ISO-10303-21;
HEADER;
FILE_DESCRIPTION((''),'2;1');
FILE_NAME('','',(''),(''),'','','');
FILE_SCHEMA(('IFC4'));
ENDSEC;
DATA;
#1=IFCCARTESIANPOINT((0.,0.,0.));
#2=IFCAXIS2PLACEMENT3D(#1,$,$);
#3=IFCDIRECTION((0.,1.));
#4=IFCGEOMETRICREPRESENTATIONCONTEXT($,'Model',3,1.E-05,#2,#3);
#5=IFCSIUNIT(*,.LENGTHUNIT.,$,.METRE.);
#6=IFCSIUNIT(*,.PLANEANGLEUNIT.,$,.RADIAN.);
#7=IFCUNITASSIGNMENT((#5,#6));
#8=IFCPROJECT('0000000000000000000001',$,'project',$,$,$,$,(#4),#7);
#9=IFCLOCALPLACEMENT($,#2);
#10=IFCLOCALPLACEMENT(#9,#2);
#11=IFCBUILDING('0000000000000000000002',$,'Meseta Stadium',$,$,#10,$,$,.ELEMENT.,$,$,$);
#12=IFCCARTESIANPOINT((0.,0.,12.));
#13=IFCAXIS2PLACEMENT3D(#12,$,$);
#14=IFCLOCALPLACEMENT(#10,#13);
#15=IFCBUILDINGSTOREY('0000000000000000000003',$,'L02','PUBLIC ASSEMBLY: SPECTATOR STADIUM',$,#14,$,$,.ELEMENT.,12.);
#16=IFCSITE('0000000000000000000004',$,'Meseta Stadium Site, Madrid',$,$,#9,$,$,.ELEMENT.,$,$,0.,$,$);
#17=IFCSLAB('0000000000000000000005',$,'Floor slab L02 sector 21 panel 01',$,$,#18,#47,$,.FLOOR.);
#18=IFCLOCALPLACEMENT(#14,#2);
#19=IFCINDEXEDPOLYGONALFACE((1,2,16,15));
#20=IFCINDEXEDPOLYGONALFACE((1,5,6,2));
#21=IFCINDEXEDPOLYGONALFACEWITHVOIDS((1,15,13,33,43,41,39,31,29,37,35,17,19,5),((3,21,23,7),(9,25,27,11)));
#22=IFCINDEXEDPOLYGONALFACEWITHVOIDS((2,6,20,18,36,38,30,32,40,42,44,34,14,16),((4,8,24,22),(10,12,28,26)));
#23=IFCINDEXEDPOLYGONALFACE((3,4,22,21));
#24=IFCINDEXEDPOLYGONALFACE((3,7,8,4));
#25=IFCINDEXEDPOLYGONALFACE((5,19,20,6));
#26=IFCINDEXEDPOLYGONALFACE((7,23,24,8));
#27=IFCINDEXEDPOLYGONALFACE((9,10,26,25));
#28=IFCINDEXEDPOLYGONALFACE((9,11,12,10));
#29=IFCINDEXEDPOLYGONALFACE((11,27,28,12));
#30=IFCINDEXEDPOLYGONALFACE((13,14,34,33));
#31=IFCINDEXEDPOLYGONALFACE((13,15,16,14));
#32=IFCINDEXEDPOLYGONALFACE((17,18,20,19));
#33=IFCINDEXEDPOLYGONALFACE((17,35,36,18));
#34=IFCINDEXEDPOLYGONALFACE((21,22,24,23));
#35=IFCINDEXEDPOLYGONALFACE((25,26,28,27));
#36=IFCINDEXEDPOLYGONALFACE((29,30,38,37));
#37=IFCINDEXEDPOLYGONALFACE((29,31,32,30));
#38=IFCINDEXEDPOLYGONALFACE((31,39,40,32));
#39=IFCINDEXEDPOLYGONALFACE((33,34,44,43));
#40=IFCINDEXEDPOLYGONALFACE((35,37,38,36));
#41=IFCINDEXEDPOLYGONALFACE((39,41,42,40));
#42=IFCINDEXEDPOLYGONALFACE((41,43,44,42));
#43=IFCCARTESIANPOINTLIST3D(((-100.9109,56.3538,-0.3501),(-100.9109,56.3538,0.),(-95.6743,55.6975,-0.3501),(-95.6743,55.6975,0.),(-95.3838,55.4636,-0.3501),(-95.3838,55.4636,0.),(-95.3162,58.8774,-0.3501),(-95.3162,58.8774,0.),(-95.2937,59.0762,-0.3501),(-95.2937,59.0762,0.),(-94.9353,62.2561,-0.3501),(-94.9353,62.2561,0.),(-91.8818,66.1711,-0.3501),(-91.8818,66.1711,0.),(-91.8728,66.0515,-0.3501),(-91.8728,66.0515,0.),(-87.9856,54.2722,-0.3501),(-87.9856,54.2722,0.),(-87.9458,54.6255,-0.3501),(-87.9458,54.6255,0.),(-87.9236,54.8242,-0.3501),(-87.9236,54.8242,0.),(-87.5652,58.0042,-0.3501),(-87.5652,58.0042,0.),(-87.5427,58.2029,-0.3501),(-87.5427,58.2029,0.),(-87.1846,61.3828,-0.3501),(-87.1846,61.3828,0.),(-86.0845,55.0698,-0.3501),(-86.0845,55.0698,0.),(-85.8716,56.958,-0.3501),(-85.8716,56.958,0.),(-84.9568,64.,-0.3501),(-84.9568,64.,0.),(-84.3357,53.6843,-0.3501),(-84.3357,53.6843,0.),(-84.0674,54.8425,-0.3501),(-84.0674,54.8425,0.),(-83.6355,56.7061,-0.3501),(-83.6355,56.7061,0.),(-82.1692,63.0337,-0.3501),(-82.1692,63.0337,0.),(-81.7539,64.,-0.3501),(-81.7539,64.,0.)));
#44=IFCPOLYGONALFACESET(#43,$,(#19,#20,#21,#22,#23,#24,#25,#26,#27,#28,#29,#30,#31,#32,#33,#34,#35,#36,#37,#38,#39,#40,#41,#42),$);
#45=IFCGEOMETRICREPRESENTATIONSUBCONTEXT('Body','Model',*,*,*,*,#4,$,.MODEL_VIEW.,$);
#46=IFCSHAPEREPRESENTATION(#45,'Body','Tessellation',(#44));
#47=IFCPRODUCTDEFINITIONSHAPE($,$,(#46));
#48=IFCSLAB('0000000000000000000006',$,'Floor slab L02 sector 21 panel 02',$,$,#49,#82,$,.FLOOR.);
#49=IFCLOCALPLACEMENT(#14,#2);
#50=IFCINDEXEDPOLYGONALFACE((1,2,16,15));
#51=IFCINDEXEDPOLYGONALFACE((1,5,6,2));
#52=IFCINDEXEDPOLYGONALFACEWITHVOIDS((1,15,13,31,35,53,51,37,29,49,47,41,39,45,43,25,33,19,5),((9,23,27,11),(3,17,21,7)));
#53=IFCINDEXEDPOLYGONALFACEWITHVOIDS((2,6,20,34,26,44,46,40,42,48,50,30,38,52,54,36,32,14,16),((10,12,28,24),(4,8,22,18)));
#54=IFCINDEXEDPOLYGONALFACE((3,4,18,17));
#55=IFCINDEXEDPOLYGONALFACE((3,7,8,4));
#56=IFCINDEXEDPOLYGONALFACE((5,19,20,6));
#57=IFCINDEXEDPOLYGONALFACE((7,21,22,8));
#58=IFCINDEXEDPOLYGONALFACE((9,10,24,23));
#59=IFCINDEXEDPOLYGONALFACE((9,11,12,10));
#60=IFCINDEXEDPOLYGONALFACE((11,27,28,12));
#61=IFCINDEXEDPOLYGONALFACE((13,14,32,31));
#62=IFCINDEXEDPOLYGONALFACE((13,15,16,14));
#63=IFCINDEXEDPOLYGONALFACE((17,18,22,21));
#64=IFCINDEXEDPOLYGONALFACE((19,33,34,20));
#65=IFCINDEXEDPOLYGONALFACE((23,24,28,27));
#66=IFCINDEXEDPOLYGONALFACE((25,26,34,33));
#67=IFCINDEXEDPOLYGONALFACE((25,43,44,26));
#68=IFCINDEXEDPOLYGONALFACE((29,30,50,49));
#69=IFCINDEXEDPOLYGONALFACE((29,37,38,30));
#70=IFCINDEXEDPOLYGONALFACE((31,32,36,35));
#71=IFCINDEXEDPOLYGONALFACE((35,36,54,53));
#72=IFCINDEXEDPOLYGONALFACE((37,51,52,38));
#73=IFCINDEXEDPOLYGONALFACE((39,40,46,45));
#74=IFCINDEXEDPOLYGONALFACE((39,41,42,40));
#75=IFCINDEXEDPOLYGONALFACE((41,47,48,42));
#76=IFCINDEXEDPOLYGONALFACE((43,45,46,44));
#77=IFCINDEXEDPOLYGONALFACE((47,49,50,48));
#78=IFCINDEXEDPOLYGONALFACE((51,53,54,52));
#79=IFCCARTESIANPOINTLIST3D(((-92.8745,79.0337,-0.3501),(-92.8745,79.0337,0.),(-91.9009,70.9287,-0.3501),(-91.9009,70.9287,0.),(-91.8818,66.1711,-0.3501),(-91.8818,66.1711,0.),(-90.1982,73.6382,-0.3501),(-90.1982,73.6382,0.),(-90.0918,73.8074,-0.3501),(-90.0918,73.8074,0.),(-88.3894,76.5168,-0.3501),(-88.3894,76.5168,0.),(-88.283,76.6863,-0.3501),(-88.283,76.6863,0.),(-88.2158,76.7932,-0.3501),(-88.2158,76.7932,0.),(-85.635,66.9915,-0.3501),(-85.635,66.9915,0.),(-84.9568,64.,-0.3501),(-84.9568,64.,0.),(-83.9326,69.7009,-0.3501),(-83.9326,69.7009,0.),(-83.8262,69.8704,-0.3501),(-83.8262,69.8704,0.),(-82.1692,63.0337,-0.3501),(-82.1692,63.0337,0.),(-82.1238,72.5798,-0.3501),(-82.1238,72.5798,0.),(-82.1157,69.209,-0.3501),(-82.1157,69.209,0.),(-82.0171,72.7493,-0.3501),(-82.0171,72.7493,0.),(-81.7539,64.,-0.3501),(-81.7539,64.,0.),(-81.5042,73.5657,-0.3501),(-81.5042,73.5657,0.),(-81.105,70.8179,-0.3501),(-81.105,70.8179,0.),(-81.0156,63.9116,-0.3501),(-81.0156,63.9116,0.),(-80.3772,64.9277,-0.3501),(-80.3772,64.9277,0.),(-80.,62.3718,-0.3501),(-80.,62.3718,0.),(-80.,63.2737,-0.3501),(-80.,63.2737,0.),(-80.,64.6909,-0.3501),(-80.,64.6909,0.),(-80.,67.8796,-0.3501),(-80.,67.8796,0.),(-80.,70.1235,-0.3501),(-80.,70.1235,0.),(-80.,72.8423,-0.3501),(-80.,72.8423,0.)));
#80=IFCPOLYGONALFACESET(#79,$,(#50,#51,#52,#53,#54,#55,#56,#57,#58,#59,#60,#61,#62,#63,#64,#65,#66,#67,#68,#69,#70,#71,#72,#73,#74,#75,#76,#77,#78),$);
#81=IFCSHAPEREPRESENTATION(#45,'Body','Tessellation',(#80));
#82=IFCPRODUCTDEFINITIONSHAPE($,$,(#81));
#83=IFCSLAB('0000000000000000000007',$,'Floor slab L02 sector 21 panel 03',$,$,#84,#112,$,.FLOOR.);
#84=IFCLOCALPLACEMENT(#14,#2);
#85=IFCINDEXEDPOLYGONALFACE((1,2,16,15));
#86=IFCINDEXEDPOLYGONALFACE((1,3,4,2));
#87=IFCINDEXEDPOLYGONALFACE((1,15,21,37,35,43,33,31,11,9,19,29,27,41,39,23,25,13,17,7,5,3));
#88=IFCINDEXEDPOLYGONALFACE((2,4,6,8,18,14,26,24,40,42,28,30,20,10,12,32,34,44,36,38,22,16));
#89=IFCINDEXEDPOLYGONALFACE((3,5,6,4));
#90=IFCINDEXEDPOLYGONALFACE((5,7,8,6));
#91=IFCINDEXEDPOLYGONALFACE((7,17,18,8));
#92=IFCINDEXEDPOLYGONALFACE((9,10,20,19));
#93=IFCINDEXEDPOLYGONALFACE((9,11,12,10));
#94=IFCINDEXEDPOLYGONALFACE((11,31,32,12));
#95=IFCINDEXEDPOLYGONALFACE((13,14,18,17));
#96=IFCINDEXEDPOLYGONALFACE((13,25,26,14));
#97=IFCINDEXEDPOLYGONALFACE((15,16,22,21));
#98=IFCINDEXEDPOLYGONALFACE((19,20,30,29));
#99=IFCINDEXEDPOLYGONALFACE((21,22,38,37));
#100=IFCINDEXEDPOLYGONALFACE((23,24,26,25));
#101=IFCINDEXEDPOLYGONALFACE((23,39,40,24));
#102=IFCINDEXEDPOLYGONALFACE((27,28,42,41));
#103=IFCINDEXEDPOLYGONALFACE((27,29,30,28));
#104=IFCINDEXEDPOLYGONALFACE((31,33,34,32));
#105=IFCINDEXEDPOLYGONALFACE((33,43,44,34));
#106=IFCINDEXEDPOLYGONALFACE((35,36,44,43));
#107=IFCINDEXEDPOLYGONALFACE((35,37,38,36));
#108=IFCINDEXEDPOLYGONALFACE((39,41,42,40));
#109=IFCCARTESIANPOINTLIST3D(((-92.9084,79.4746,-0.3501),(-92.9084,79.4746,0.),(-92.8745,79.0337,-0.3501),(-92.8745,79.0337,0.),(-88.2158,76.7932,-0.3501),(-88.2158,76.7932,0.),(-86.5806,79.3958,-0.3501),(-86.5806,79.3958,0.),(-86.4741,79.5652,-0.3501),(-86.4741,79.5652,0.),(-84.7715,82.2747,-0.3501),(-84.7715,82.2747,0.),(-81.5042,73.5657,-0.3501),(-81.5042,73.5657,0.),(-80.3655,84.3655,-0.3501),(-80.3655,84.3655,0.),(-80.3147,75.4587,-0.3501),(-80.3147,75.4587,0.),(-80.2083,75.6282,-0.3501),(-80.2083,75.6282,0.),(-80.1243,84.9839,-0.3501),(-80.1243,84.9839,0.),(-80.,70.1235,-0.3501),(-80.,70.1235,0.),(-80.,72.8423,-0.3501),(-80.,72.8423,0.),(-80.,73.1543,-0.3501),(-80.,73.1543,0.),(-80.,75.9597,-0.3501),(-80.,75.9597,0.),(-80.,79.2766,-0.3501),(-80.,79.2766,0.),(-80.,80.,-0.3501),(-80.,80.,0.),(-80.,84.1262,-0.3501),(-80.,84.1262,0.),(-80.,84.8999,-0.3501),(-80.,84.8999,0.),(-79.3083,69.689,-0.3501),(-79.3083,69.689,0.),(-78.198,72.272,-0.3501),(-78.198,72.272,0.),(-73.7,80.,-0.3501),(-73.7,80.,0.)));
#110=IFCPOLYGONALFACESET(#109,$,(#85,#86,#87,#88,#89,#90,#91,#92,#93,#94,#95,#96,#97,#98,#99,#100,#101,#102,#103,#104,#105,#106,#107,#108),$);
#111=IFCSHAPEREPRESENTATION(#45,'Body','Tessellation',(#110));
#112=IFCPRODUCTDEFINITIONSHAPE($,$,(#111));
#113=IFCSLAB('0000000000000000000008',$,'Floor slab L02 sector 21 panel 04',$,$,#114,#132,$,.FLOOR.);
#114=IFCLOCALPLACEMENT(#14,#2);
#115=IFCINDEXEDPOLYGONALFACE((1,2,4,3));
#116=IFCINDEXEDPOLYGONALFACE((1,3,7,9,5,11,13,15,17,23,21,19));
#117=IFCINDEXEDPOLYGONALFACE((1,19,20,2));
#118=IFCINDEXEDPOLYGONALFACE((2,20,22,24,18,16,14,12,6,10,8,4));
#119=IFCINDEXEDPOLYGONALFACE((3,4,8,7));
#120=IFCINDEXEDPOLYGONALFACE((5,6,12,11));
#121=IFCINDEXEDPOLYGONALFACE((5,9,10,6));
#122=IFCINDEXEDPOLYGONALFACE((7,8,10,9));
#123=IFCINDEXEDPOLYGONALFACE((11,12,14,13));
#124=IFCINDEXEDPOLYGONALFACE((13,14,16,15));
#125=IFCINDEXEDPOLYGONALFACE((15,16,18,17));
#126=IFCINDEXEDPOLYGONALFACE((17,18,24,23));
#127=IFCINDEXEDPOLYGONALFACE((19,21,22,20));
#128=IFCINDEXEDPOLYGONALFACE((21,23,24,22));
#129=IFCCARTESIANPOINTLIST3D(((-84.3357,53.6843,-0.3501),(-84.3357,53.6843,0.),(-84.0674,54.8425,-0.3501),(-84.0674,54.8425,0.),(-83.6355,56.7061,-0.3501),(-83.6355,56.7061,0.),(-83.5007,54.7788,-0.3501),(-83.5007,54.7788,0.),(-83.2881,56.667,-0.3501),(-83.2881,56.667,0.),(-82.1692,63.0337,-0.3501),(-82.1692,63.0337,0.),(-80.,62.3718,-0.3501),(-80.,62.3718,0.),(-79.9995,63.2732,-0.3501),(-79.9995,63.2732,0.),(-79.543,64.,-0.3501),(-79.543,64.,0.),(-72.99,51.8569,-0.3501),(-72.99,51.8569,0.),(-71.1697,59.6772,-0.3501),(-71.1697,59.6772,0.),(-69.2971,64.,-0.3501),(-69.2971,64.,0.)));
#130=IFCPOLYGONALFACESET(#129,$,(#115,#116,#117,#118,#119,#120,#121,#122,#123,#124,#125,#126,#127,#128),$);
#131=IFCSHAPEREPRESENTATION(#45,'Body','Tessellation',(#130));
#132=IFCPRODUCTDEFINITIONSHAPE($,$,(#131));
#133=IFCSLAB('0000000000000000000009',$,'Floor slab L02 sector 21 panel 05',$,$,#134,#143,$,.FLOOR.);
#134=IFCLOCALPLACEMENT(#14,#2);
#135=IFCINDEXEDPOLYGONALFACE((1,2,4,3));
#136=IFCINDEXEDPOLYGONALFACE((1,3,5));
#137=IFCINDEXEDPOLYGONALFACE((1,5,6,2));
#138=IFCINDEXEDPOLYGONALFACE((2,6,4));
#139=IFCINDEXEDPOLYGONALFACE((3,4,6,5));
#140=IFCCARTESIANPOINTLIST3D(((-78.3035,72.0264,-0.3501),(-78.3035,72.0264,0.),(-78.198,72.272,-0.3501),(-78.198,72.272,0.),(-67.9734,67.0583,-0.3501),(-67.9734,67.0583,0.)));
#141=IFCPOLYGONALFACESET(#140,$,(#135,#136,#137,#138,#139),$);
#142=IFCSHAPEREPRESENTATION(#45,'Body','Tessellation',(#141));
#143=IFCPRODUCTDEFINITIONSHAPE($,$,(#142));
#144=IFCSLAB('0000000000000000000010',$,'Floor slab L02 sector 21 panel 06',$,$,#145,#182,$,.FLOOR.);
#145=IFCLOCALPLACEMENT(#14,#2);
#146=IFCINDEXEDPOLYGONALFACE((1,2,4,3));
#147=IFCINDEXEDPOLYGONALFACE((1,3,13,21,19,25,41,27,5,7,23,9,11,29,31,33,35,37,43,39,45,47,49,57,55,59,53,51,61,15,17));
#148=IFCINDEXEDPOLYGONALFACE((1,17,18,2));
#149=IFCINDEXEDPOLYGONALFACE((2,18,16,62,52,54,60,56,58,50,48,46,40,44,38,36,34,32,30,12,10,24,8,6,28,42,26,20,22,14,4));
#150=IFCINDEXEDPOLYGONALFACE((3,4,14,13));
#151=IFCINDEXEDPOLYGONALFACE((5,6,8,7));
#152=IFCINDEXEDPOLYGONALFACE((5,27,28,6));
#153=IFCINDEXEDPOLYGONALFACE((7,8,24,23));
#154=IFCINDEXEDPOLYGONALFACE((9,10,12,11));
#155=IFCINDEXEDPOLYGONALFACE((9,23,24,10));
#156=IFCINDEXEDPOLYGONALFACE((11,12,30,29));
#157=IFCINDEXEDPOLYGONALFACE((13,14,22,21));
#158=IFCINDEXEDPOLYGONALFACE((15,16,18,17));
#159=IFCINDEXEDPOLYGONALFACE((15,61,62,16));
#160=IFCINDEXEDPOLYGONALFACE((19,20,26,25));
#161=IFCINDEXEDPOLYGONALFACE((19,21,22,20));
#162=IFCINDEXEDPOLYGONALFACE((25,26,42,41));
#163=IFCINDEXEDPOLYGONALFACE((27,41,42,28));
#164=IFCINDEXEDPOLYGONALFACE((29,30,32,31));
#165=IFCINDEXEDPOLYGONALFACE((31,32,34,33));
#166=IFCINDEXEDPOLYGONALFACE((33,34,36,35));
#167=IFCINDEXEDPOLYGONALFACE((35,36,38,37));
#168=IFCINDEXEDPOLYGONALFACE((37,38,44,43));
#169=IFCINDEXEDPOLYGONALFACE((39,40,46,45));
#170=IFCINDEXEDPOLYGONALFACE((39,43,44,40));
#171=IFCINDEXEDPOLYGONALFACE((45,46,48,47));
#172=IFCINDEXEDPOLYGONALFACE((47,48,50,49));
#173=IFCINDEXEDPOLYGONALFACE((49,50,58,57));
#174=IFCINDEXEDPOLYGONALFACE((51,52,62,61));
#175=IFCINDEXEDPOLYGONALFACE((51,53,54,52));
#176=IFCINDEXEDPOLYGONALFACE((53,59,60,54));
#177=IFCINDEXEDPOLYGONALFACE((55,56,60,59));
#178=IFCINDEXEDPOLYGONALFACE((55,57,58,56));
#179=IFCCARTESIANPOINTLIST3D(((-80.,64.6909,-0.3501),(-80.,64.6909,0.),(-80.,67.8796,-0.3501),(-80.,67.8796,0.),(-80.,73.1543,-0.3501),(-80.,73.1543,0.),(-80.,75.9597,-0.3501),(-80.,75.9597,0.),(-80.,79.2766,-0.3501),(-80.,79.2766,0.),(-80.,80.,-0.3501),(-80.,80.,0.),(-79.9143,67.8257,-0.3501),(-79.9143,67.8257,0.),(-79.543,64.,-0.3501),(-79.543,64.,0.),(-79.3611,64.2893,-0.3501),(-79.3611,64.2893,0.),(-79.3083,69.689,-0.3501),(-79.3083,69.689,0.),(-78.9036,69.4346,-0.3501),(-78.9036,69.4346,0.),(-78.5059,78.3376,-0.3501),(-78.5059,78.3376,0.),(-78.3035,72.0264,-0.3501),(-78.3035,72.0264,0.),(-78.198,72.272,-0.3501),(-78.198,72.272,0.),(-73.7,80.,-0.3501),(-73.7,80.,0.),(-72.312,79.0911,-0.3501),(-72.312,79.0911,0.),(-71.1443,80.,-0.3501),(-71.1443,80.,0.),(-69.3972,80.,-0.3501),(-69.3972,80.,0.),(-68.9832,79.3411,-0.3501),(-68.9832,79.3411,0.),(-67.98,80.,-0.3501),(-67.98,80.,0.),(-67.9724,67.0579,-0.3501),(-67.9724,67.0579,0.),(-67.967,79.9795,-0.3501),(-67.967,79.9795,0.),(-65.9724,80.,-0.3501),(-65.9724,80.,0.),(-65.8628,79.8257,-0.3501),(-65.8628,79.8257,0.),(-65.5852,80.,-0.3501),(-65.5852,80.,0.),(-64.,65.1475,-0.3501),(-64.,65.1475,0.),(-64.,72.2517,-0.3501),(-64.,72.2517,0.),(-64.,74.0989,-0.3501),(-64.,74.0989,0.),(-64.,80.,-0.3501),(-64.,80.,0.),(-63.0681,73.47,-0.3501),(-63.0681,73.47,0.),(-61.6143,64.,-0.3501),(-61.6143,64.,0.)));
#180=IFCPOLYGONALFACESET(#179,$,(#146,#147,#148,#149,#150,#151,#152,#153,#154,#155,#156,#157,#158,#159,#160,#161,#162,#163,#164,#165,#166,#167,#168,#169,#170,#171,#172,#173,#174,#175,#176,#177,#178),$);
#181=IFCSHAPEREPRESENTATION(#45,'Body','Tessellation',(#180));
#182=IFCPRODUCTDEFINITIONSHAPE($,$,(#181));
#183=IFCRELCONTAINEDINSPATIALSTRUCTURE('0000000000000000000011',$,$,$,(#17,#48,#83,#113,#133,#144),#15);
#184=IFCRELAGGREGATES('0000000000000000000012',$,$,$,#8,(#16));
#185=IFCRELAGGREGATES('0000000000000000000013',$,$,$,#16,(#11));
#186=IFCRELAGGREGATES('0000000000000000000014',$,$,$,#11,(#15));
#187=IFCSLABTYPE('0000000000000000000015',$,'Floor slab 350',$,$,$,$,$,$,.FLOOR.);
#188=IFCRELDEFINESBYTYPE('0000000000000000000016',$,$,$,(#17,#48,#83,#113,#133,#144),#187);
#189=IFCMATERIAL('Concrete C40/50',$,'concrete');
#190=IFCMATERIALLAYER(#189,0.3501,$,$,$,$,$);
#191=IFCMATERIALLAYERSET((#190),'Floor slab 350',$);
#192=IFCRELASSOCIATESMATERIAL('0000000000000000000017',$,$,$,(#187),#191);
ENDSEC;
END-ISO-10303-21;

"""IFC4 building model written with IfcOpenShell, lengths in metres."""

from ifc_helpers import new_model, si_unit, direction, frame, origin, place, context, subcontext, project, spatial, polyline, outline, extrude, material, layer, layer_set, type_object, element, save


model = new_model("IFC4")

# Units and contexts
model_context = context("Model", 3, precision=1e-05, world=origin(), true_north=direction((0.0, 1.0)))
body_context = subcontext(model_context, "Body", "Model", "MODEL_VIEW")
ifc_project = project(units=[si_unit("LENGTHUNIT", "METRE"), si_unit("PLANEANGLEUNIT", "RADIAN")], contexts=[model_context])

# Site, building, storey
site_placement = place(None, origin())
site = spatial("IfcSite", under=ifc_project, at=site_placement, Name="Meseta Stadium Site, Madrid", CompositionType="ELEMENT", RefElevation=0.0)
building_placement = place(site_placement, origin())
building = spatial("IfcBuilding", under=site, at=building_placement, Name="Meseta Stadium", CompositionType="ELEMENT")
storey_placement = place(building_placement, frame((0.0, 0.0, 12.0)))
storey = spatial("IfcBuildingStorey", under=building, at=storey_placement, Name="L02", Description="PUBLIC ASSEMBLY: SPECTATOR STADIUM", CompositionType="ELEMENT", Elevation=12.0)

# Slabs
ifc_material = material(Name="Concrete C40/50", Category="concrete")
ifc_layer = layer(ifc_material, 0.3501)
ifc_layer_set = layer_set([ifc_layer], Name="Floor slab 350")
slab_type = type_object("IfcSlabType", Name="Floor slab 350", PredefinedType="FLOOR", material=ifc_layer_set)
slab_1_placement = place(storey_placement, frame((0.0, 0.0, -0.3501)))
element("IfcSlab", 1, at=slab_1_placement, inside=storey, type_object=slab_type, Name="Floor slab L02 sector 21 panel 01", PredefinedType="FLOOR", context=body_context, shape_type="SweptSolid", body=[
    extrude(outline(polyline([(-87.9458, 54.6255), (-87.9856, 54.2722), (-84.3357, 53.6843), (-84.0674, 54.8425), (-86.0845, 55.0698), (-85.8716, 56.958), (-83.6355, 56.7061), (-82.1692, 63.0337), (-81.7539, 64.0), (-84.9568, 64.0), (-91.8818, 66.1711), (-91.8728, 66.0515), (-100.9109, 56.3538), (-95.3838, 55.4636), (-87.9458, 54.6255)]), holes=[polyline([(-95.6743, 55.6975), (-95.3162, 58.8774), (-87.5652, 58.0042), (-87.9236, 54.8242), (-95.6743, 55.6975)]), polyline([(-95.2937, 59.0762), (-94.9353, 62.2561), (-87.1846, 61.3828), (-87.5427, 58.2029), (-95.2937, 59.0762)])]), origin(), (0.0, 0.0, 1.0), 0.3501),
])
slab_2_placement = place(storey_placement, frame((0.0, 0.0, -0.3501)))
element("IfcSlab", 2, at=slab_2_placement, inside=storey, type_object=slab_type, Name="Floor slab L02 sector 21 panel 02", PredefinedType="FLOOR", context=body_context, shape_type="SweptSolid", body=[
    extrude(outline(polyline([(-80.0, 70.1235), (-80.0, 72.8423), (-81.5042, 73.5657), (-82.0171, 72.7493), (-88.283, 76.6863), (-88.2158, 76.7932), (-92.8745, 79.0337), (-91.8818, 66.1711), (-84.9568, 64.0), (-81.7539, 64.0), (-82.1692, 63.0337), (-80.0, 62.3718), (-80.0, 63.2737), (-81.0156, 63.9116), (-80.3772, 64.9277), (-80.0, 64.6909), (-80.0, 67.8796), (-82.1157, 69.209), (-81.105, 70.8179), (-80.0, 70.1235)]), holes=[polyline([(-91.9009, 70.9287), (-90.1982, 73.6382), (-83.9326, 69.7009), (-85.635, 66.9915), (-91.9009, 70.9287)]), polyline([(-90.0918, 73.8074), (-88.3894, 76.5168), (-82.1238, 72.5798), (-83.8262, 69.8704), (-90.0918, 73.8074)])]), origin(), (0.0, 0.0, 1.0), 0.3501),
])
slab_3_placement = place(storey_placement, frame((0.0, 0.0, -0.3501)))
element("IfcSlab", 3, at=slab_3_placement, inside=storey, type_object=slab_type, Name="Floor slab L02 sector 21 panel 03", PredefinedType="FLOOR", context=body_context, shape_type="SweptSolid", body=[
    extrude(outline(polyline([(-80.1243, 84.9839), (-80.3655, 84.3655), (-92.9084, 79.4746), (-92.8745, 79.0337), (-88.2158, 76.7932), (-86.5806, 79.3958), (-80.3147, 75.4587), (-81.5042, 73.5657), (-80.0, 72.8423), (-80.0, 70.1235), (-79.3083, 69.689), (-78.198, 72.272), (-80.0, 73.1543), (-80.0, 75.9597), (-80.2083, 75.6282), (-86.4741, 79.5652), (-84.7715, 82.2747), (-80.0, 79.2766), (-80.0, 80.0), (-73.7, 80.0), (-80.0, 84.1262), (-80.0, 84.8999), (-80.1243, 84.9839)])), origin(), (0.0, 0.0, 1.0), 0.3501),
])
slab_4_placement = place(storey_placement, frame((0.0, 0.0, -0.3501)))
element("IfcSlab", 4, at=slab_4_placement, inside=storey, type_object=slab_type, Name="Floor slab L02 sector 21 panel 04", PredefinedType="FLOOR", context=body_context, shape_type="SweptSolid", body=[
    extrude(outline(polyline([(-79.9995, 63.2732), (-80.0, 62.3718), (-82.1692, 63.0337), (-83.6355, 56.7061), (-83.2881, 56.667), (-83.5007, 54.7788), (-84.0674, 54.8425), (-84.3357, 53.6843), (-72.99, 51.8569), (-71.1697, 59.6772), (-69.2971, 64.0), (-79.543, 64.0), (-79.9995, 63.2732)])), origin(), (0.0, 0.0, 1.0), 0.3501),
])
slab_5_placement = place(storey_placement, frame((0.0, 0.0, -0.3501)))
element("IfcSlab", 5, at=slab_5_placement, inside=storey, type_object=slab_type, Name="Floor slab L02 sector 21 panel 05", PredefinedType="FLOOR", context=body_context, shape_type="SweptSolid", body=[
    extrude(outline(polyline([(-67.9734, 67.0583), (-78.198, 72.272), (-78.3035, 72.0264), (-67.9734, 67.0583)])), origin(), (0.0, 0.0, 1.0), 0.3501),
])
slab_6_placement = place(storey_placement, frame((0.0, 0.0, -0.3501)))
element("IfcSlab", 6, at=slab_6_placement, inside=storey, type_object=slab_type, Name="Floor slab L02 sector 21 panel 06", PredefinedType="FLOOR", context=body_context, shape_type="SweptSolid", body=[
    extrude(outline(polyline([(-67.967, 79.9795), (-68.9832, 79.3411), (-69.3972, 80.0), (-71.1443, 80.0), (-72.312, 79.0911), (-73.7, 80.0), (-80.0, 80.0), (-80.0, 79.2766), (-78.5059, 78.3376), (-80.0, 75.9597), (-80.0, 73.1543), (-78.198, 72.272), (-67.9724, 67.0579), (-78.3035, 72.0264), (-79.3083, 69.689), (-78.9036, 69.4346), (-79.9143, 67.8257), (-80.0, 67.8796), (-80.0, 64.6909), (-79.3611, 64.2893), (-79.543, 64.0), (-61.6143, 64.0), (-64.0, 65.1475), (-64.0, 72.2517), (-63.0681, 73.47), (-64.0, 74.0989), (-64.0, 80.0), (-65.5852, 80.0), (-65.8628, 79.8257), (-65.9724, 80.0), (-67.98, 80.0), (-67.967, 79.9795)])), origin(), (0.0, 0.0, 1.0), 0.3501),
])

save(model, "model.ifc")
